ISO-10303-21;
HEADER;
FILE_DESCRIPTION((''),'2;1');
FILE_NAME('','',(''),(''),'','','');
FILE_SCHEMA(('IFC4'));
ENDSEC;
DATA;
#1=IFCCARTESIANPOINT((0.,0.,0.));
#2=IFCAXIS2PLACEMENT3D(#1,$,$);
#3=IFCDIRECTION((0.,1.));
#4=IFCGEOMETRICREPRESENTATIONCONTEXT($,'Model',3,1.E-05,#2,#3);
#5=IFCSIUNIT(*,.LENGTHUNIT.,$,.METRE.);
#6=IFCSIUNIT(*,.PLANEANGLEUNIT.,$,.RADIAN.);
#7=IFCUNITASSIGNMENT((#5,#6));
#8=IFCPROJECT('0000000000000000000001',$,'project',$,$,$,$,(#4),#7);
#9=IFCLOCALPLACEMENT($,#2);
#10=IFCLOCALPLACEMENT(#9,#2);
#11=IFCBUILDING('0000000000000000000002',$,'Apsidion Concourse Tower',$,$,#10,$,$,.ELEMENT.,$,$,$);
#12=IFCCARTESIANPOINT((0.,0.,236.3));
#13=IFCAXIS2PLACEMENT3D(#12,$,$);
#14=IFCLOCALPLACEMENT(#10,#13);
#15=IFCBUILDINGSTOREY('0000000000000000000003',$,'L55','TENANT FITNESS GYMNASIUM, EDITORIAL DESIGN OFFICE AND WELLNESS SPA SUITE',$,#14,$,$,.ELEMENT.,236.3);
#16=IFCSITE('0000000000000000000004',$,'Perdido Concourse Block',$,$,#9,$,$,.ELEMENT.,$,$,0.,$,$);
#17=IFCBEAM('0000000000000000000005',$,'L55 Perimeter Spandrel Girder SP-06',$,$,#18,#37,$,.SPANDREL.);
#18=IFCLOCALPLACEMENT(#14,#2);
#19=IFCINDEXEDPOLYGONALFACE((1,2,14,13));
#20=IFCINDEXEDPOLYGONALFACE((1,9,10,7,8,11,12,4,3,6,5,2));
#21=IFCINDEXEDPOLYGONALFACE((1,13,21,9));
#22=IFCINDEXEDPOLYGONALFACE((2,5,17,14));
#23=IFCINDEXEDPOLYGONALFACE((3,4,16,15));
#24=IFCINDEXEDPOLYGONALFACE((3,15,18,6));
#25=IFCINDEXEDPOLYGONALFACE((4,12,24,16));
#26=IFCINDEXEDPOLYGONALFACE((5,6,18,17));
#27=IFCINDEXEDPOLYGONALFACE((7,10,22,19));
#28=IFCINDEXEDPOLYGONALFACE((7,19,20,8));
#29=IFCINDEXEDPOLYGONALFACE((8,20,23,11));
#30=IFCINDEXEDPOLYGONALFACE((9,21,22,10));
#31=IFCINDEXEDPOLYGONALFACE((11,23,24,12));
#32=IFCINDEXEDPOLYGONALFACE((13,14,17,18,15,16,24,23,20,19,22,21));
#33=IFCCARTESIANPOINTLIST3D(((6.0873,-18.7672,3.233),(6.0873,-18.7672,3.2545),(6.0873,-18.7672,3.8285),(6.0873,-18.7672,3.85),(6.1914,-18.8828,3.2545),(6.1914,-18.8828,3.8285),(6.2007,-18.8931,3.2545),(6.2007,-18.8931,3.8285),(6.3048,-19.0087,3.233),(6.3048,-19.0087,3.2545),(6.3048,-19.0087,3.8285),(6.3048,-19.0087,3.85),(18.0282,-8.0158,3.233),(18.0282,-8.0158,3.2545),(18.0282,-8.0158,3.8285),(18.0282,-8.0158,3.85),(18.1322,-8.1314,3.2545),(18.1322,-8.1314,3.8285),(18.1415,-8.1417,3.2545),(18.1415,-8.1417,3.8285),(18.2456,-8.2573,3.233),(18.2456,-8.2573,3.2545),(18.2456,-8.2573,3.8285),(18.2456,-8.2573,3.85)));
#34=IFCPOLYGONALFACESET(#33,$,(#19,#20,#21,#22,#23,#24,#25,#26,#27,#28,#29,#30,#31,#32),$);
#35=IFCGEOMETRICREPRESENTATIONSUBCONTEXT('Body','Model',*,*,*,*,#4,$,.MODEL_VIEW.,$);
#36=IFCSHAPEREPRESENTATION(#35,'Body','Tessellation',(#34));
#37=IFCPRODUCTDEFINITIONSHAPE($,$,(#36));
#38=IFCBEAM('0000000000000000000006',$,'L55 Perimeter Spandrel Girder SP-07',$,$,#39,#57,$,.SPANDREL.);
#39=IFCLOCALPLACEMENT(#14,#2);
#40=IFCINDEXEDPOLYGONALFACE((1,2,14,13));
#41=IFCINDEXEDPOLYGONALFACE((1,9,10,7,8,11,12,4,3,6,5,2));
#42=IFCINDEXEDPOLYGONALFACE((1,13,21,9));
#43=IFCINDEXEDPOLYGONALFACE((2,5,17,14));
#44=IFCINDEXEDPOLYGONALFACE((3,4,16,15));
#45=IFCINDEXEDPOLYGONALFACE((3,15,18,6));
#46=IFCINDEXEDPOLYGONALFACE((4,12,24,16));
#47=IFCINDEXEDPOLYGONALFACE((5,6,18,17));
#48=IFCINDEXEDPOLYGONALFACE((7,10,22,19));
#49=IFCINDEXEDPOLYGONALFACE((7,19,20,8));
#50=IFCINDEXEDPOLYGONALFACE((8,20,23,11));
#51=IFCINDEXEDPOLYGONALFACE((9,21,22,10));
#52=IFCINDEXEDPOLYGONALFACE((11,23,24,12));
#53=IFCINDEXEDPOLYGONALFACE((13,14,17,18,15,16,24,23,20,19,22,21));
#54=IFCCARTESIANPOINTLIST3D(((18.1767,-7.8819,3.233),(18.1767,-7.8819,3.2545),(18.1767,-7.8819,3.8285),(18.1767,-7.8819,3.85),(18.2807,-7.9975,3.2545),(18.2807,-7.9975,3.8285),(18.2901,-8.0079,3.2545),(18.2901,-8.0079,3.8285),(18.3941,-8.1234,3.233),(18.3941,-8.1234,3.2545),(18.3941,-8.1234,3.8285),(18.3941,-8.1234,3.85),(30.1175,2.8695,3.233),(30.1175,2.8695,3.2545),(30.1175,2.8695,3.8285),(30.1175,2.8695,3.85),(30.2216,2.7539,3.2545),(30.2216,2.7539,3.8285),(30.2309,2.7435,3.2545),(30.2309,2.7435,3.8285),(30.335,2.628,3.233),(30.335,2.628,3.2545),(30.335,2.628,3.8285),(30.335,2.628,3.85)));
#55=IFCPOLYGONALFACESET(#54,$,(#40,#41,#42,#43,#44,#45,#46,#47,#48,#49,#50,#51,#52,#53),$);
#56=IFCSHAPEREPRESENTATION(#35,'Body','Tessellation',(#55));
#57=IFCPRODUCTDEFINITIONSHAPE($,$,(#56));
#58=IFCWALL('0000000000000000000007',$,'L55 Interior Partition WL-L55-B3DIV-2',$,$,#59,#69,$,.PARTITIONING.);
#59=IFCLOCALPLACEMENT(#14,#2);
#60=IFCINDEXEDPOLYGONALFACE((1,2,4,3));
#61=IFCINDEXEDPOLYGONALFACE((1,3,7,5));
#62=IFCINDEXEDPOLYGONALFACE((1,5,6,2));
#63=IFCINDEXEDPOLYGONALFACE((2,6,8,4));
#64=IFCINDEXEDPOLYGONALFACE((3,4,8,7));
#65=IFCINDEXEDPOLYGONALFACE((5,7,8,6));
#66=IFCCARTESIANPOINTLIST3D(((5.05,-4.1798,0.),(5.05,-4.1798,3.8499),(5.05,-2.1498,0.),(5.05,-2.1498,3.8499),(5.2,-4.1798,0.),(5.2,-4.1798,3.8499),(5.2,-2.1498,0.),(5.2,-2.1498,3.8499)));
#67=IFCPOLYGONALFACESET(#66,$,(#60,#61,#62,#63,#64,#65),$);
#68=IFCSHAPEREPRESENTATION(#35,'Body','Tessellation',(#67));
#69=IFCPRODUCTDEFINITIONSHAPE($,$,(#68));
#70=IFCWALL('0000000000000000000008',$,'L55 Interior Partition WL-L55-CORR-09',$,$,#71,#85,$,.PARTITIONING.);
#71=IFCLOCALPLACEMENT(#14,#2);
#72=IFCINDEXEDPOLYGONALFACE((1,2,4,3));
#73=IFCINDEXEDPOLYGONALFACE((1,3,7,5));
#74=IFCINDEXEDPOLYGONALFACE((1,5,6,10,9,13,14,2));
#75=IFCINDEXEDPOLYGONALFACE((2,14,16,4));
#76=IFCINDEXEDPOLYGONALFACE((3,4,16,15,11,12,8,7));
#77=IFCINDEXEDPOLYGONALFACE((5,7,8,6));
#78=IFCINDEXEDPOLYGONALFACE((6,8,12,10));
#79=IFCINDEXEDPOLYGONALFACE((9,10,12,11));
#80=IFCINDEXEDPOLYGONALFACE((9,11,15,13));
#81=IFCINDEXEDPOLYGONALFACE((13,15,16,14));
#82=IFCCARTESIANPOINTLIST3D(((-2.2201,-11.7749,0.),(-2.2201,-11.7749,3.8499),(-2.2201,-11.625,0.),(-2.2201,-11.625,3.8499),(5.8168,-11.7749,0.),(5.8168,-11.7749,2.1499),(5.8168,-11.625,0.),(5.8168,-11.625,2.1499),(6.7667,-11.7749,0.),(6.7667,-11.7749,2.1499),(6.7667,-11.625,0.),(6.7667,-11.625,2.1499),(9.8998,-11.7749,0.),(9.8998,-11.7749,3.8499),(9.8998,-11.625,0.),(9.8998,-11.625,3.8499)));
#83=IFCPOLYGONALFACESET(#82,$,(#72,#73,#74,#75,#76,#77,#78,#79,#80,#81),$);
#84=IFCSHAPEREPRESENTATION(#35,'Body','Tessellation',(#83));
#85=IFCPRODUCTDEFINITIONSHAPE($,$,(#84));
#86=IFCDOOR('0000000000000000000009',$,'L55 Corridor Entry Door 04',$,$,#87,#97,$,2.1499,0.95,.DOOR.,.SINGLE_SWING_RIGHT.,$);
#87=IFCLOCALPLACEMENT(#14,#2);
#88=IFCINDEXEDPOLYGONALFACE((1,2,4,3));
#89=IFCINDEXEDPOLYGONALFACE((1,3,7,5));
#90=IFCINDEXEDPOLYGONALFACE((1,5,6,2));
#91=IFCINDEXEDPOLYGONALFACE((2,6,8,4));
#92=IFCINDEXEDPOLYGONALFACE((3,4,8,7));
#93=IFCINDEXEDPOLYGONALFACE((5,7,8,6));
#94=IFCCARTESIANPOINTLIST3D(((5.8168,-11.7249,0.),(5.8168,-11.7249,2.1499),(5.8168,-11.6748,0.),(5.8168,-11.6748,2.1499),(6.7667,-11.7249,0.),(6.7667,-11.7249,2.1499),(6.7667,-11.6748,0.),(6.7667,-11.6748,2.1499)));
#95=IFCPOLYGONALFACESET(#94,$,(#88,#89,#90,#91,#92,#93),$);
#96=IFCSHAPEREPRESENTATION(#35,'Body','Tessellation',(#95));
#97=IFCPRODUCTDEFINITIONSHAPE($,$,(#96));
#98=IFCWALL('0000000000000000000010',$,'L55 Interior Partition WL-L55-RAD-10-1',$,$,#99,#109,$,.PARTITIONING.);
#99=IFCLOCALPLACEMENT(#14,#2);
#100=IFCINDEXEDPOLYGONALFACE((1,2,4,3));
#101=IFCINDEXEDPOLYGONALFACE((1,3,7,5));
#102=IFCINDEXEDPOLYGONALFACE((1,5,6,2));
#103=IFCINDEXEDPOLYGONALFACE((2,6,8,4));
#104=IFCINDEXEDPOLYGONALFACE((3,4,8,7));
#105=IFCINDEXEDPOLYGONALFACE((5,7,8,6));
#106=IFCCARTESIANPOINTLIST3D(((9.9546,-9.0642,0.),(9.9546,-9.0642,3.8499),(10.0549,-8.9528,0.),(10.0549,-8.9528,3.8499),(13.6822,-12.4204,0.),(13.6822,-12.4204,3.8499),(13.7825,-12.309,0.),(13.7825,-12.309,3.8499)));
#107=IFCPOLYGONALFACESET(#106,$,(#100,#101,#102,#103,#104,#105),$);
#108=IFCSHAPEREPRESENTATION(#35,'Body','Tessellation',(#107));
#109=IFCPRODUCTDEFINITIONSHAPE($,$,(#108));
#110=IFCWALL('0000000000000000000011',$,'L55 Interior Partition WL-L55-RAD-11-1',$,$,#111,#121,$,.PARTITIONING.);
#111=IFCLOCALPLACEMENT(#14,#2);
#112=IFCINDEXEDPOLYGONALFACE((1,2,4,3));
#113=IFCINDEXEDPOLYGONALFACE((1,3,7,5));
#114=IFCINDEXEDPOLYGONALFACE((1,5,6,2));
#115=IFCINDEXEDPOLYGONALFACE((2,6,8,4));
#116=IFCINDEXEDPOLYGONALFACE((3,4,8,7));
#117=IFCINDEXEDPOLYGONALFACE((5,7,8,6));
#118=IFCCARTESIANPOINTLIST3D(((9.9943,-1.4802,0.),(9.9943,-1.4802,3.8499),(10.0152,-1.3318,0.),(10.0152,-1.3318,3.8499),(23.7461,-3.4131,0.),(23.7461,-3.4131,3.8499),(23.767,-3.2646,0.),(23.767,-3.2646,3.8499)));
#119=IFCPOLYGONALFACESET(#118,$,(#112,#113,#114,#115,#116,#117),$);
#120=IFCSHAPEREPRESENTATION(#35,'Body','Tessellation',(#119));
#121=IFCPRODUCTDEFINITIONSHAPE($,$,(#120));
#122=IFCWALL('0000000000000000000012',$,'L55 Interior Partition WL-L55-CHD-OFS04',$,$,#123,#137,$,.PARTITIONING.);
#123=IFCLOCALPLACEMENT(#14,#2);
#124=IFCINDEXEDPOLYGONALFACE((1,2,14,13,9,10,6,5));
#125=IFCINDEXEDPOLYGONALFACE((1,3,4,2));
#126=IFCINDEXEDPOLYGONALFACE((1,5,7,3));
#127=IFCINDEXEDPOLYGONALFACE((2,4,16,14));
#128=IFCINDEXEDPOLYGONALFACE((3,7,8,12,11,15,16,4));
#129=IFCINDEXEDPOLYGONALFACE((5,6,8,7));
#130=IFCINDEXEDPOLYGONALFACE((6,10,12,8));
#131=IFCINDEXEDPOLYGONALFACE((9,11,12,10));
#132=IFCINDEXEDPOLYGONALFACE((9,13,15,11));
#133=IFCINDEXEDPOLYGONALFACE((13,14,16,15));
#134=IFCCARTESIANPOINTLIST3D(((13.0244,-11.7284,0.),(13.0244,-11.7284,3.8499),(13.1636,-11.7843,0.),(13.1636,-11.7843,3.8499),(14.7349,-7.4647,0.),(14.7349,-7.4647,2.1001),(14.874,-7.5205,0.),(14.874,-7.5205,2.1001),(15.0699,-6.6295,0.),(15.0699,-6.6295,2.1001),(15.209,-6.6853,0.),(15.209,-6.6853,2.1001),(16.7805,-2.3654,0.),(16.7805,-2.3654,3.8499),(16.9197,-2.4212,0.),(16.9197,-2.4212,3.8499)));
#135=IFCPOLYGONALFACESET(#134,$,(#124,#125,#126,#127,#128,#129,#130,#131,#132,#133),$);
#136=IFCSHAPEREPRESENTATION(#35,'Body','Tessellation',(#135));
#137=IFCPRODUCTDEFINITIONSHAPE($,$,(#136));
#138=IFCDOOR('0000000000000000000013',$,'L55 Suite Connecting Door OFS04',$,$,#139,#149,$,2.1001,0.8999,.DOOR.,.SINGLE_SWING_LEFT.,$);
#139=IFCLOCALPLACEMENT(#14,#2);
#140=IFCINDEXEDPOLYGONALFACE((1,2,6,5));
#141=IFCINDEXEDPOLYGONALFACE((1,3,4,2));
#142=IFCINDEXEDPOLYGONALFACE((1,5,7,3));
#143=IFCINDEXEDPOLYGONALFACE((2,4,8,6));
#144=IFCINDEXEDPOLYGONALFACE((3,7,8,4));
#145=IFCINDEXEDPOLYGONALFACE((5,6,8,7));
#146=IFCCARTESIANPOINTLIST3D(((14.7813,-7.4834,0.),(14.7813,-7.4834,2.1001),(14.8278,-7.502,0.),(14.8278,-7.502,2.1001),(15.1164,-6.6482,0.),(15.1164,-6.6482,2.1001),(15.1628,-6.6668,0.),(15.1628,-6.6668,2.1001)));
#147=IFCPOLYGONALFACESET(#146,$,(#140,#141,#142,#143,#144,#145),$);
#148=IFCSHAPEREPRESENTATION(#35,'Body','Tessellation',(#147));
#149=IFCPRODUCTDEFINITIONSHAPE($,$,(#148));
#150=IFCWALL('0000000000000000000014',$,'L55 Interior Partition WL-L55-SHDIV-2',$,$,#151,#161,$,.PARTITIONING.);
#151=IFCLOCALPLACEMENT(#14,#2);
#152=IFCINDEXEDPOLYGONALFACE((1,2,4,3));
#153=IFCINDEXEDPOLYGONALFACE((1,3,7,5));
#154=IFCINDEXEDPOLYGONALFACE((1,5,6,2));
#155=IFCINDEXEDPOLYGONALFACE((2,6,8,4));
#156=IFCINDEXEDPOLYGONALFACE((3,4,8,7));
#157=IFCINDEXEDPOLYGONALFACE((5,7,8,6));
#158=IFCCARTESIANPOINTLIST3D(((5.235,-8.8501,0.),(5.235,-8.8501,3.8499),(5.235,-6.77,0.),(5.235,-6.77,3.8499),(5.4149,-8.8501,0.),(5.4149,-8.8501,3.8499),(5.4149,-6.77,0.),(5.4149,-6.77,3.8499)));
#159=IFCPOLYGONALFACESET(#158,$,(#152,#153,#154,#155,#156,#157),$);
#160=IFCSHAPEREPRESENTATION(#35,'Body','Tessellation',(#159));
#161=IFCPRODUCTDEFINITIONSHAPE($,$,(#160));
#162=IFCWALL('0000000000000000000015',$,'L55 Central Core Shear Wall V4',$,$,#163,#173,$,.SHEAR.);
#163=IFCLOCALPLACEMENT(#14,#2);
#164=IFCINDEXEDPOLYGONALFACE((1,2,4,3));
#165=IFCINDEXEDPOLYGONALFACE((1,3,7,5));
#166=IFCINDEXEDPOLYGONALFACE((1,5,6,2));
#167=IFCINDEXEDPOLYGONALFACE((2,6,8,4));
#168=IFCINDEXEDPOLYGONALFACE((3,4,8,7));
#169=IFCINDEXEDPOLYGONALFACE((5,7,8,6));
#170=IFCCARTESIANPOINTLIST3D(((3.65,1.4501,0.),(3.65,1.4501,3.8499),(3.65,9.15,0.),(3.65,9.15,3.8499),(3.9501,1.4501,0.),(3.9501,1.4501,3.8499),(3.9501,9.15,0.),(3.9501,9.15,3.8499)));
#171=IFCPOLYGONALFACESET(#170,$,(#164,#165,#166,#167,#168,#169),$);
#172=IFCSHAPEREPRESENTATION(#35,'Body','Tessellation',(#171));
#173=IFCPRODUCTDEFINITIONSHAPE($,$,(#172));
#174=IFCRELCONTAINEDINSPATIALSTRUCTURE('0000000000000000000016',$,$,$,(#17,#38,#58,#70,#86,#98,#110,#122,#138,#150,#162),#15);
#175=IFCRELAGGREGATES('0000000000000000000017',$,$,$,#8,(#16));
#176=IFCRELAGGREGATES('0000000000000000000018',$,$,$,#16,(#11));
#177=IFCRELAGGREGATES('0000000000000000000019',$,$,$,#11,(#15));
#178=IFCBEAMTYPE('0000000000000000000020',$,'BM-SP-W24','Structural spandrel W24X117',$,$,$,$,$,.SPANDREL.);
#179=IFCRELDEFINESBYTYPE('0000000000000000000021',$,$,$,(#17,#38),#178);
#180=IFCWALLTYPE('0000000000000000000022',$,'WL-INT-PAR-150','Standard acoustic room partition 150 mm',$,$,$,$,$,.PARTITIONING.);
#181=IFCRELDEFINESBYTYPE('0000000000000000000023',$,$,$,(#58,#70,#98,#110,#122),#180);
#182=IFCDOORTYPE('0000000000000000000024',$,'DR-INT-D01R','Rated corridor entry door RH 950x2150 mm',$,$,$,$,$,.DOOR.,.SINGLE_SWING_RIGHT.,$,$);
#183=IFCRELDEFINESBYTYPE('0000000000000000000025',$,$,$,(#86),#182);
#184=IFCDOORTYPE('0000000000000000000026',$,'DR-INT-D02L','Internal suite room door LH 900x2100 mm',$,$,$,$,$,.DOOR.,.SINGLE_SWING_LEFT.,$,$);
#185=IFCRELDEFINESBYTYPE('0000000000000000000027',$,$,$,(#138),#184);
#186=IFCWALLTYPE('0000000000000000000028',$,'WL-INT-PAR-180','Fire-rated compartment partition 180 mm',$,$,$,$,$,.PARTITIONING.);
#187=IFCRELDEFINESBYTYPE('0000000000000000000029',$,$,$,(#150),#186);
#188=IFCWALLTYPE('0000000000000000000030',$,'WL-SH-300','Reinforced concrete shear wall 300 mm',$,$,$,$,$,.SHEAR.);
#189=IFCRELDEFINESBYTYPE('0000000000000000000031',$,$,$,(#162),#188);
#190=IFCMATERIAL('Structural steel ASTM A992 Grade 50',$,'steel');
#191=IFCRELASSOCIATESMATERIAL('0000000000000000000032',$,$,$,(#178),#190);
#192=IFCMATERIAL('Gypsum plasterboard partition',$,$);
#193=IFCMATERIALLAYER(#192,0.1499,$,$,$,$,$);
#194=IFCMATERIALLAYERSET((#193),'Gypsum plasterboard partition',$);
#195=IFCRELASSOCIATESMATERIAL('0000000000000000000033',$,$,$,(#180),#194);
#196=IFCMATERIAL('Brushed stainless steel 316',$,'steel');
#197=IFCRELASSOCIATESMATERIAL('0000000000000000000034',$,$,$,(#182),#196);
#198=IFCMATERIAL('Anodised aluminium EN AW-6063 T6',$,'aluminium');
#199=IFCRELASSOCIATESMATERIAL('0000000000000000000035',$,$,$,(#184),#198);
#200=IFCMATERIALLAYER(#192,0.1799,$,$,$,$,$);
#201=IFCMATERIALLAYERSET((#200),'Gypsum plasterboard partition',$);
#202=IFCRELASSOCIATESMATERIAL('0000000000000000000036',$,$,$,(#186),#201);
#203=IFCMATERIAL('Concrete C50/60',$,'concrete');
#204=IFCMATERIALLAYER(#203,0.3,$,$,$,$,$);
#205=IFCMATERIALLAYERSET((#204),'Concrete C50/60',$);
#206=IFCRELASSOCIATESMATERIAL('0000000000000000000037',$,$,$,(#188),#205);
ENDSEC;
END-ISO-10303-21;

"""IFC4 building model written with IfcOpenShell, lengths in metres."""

from ifc_helpers import new_model, si_unit, direction, frame, frame_2d, origin, origin_2d, place, context, subcontext, project, spatial, rectangle, i_section, extrude, material, layer, layer_set, material_profile, profile_set, type_object, element, fill, save


model = new_model("IFC4")

# Units and contexts
model_context = context("Model", 3, precision=1e-05, world=origin(), true_north=direction((0.0, 1.0)))
body_context = subcontext(model_context, "Body", "Model", "MODEL_VIEW")
ifc_project = project(units=[si_unit("LENGTHUNIT", "METRE"), si_unit("PLANEANGLEUNIT", "RADIAN")], contexts=[model_context])

# Site, building, storey
site_placement = place(None, origin())
site = spatial("IfcSite", under=ifc_project, at=site_placement, Name="Perdido Concourse Block", CompositionType="ELEMENT", RefElevation=0.0)
building_placement = place(site_placement, origin())
building = spatial("IfcBuilding", under=site, at=building_placement, Name="Apsidion Concourse Tower", CompositionType="ELEMENT")
storey_placement = place(building_placement, frame((0.0, 0.0, 236.3)))
storey = spatial("IfcBuildingStorey", under=building, at=storey_placement, Name="L55", Description="TENANT FITNESS GYMNASIUM, EDITORIAL DESIGN OFFICE AND WELLNESS SPA SUITE", CompositionType="ELEMENT", Elevation=236.3)

# Shared definitions
ifc_material_1 = material(Name="Concrete C50/60", Category="concrete")
ifc_material_2 = material(Name="Structural steel ASTM A992 Grade 50", Category="steel")

# Beams
ifc_material_profile_1 = material_profile(ifc_material_2, i_section(OverallWidth=0.325, OverallDepth=0.6169, WebThickness=0.0139, FlangeThickness=0.0215, at=origin_2d()), Name="W24X117")
ifc_profile_set_1 = profile_set([ifc_material_profile_1], Name="Structural steel ASTM A992 Grade 50")
beam_type_1 = type_object("IfcBeamType", Name="BM-SP-W24", Description="Structural spandrel W24X117", PredefinedType="SPANDREL", material=ifc_profile_set_1)
for number, where, z_axis, x_axis, name in (
    (1, (6.196, -18.8879, 3.5415), (0.743151, 0.669124, 0.0), (-0.669124, 0.743151, 0.0), "L55 Perimeter Spandrel Girder SP-06"),
    (2, (18.2854, -8.0027, 3.5415), (0.743151, 0.669124, 0.0), (-0.669124, 0.743151, 0.0), "L55 Perimeter Spandrel Girder SP-07"),
):
    element("IfcBeam", number, at=place(storey_placement, frame(where, z_axis=z_axis, x_axis=x_axis)), inside=storey, type_object=beam_type_1, Name=name, PredefinedType="SPANDREL", context=body_context, shape_type="SweptSolid", body=[
        extrude(i_section(OverallWidth=0.325, OverallDepth=0.6169, WebThickness=0.0139, FlangeThickness=0.0215, at=origin_2d()), origin(), (0.0, 0.0, 1.0), 16.0679),
    ])

# Wall
ifc_material_3 = material(Name="Gypsum plasterboard partition")
ifc_layer_1 = layer(ifc_material_3, 0.1499)
ifc_layer_set_1 = layer_set([ifc_layer_1], Name="Gypsum plasterboard partition")
wall_type_1 = type_object("IfcWallType", Name="WL-INT-PAR-150", Description="Standard acoustic room partition 150 mm", PredefinedType="PARTITIONING", material=ifc_layer_set_1)
wall_1_placement = place(storey_placement, frame((5.125, -4.1799, 0.0), z_axis=(0.0, 0.0, 1.0), x_axis=(0.0, 1.0, 0.0)))
element("IfcWall", 3, at=wall_1_placement, inside=storey, type_object=wall_type_1, Name="L55 Interior Partition WL-L55-B3DIV-2", PredefinedType="PARTITIONING", context=body_context, shape_type="SweptSolid", body=[
    extrude(rectangle(XDim=2.03, YDim=0.1499, at=frame_2d((1.0151, 0.0))), origin(), (0.0, 0.0, 1.0), 3.8499),
])

# Wall, opening, door
wall_2_placement = place(storey_placement, frame((9.8999, -11.7, 0.0), z_axis=(0.0, 0.0, 1.0), x_axis=(-1.0, 0.0, 0.0)))
wall_2 = element("IfcWall", 4, at=wall_2_placement, inside=storey, type_object=wall_type_1, Name="L55 Interior Partition WL-L55-CORR-09", PredefinedType="PARTITIONING", context=body_context, shape_type="SweptSolid", body=[
    extrude(rectangle(XDim=12.1199, YDim=0.1499, at=frame_2d((6.0601, 0.0))), origin(), (0.0, 0.0, 1.0), 3.8499),
])
opening_1_placement = place(wall_2_placement, frame((3.1331, 0.0, 0.0)))
opening_1 = element("IfcOpeningElement", 5, at=opening_1_placement, cuts=wall_2, PredefinedType="OPENING", context=body_context, shape_type="SweptSolid", body=[
    extrude(rectangle(XDim=0.95, YDim=2.1499, at=frame_2d((0.4751, 1.075))), frame((0.0, 0.085, 0.0), z_axis=(0.0, -1.0, 0.0), x_axis=(1.0, 0.0, 0.0)), (0.0, 0.0, 1.0), 0.1699),
])
ifc_material_4 = material(Name="Brushed stainless steel 316", Category="steel")
door_type_1 = type_object("IfcDoorType", Name="DR-INT-D01R", Description="Rated corridor entry door RH 950x2150 mm", OperationType="SINGLE_SWING_RIGHT", PredefinedType="DOOR", material=ifc_material_4)
door_1_placement = place(opening_1_placement, origin())
door_1 = element("IfcDoor", 6, at=door_1_placement, inside=storey, type_object=door_type_1, Name="L55 Corridor Entry Door 04", OperationType="SINGLE_SWING_RIGHT", OverallHeight=2.1499, OverallWidth=0.95, PredefinedType="DOOR", context=body_context, shape_type="SweptSolid", body=[
    extrude(rectangle(XDim=0.95, YDim=2.1499, at=frame_2d((0.4751, 1.075))), frame((0.0, 0.0249, 0.0), z_axis=(0.0, -1.0, 0.0), x_axis=(1.0, 0.0, 0.0)), (0.0, 0.0, 1.0), 0.05),
])
fill(opening_1, door_1)

# Walls
wall_3_placement = place(storey_placement, frame((10.0049, -9.0085, 0.0), z_axis=(0.0, 0.0, 1.0), x_axis=(0.743154, -0.669121, 0.0)))
element("IfcWall", 7, at=wall_3_placement, inside=storey, type_object=wall_type_1, Name="L55 Interior Partition WL-L55-RAD-10-1", PredefinedType="PARTITIONING", context=body_context, shape_type="SweptSolid", body=[
    extrude(rectangle(XDim=5.0159, YDim=0.1499, at=frame_2d((2.5078, 0.0))), origin(), (0.0, 0.0, 1.0), 3.8499),
])
wall_4_placement = place(storey_placement, frame((10.0049, -1.406, 0.0), z_axis=(0.0, 0.0, 1.0), x_axis=(0.990266, -0.139186, 0.0)))
element("IfcWall", 8, at=wall_4_placement, inside=storey, type_object=wall_type_1, Name="L55 Interior Partition WL-L55-RAD-11-1", PredefinedType="PARTITIONING", context=body_context, shape_type="SweptSolid", body=[
    extrude(rectangle(XDim=13.887, YDim=0.1499, at=frame_2d((6.9434, 0.0))), origin(), (0.0, 0.0, 1.0), 3.8499),
])

# Wall, opening, door
wall_5_placement = place(storey_placement, frame((13.094, -11.7563, 0.0), z_axis=(0.0, 0.0, 1.0), x_axis=(0.372321, 0.928104, 0.0)))
wall_5 = element("IfcWall", 9, at=wall_5_placement, inside=storey, type_object=wall_type_1, Name="L55 Interior Partition WL-L55-CHD-OFS04", PredefinedType="PARTITIONING", context=body_context, shape_type="SweptSolid", body=[
    extrude(rectangle(XDim=10.0884, YDim=0.1499, at=frame_2d((5.0442, 0.0))), origin(), (0.0, 0.0, 1.0), 3.8499),
])
opening_2_placement = place(wall_5_placement, frame((4.594, 0.0, 0.0)))
opening_2 = element("IfcOpeningElement", 10, at=opening_2_placement, cuts=wall_5, PredefinedType="OPENING", context=body_context, shape_type="SweptSolid", body=[
    extrude(rectangle(XDim=0.8999, YDim=2.1001, at=frame_2d((0.45, 1.05))), frame((0.0, 0.085, 0.0), z_axis=(0.0, -1.0, 0.0), x_axis=(1.0, 0.0, 0.0)), (0.0, 0.0, 1.0), 0.1699),
])
ifc_material_5 = material(Name="Anodised aluminium EN AW-6063 T6", Category="aluminium")
door_type_2 = type_object("IfcDoorType", Name="DR-INT-D02L", Description="Internal suite room door LH 900x2100 mm", OperationType="SINGLE_SWING_LEFT", PredefinedType="DOOR", material=ifc_material_5)
door_2_placement = place(opening_2_placement, origin())
door_2 = element("IfcDoor", 11, at=door_2_placement, inside=storey, type_object=door_type_2, Name="L55 Suite Connecting Door OFS04", OperationType="SINGLE_SWING_LEFT", OverallHeight=2.1001, OverallWidth=0.8999, PredefinedType="DOOR", context=body_context, shape_type="SweptSolid", body=[
    extrude(rectangle(XDim=0.8999, YDim=2.1001, at=frame_2d((0.45, 1.05))), frame((0.0, 0.0249, 0.0), z_axis=(0.0, -1.0, 0.0), x_axis=(1.0, 0.0, 0.0)), (0.0, 0.0, 1.0), 0.05),
])
fill(opening_2, door_2)

# Walls
ifc_layer_2 = layer(ifc_material_3, 0.1799)
ifc_layer_set_2 = layer_set([ifc_layer_2], Name="Gypsum plasterboard partition")
wall_type_2 = type_object("IfcWallType", Name="WL-INT-PAR-180", Description="Fire-rated compartment partition 180 mm", PredefinedType="PARTITIONING", material=ifc_layer_set_2)
wall_6_placement = place(storey_placement, frame((5.325, -8.8501, 0.0), z_axis=(0.0, 0.0, 1.0), x_axis=(0.0, 1.0, 0.0)))
element("IfcWall", 12, at=wall_6_placement, inside=storey, type_object=wall_type_2, Name="L55 Interior Partition WL-L55-SHDIV-2", PredefinedType="PARTITIONING", context=body_context, shape_type="SweptSolid", body=[
    extrude(rectangle(XDim=2.0801, YDim=0.1799, at=frame_2d((1.04, 0.0))), origin(), (0.0, 0.0, 1.0), 3.8499),
])
ifc_layer_3 = layer(ifc_material_1, 0.3)
ifc_layer_set_3 = layer_set([ifc_layer_3], Name="Concrete C50/60")
wall_type_3 = type_object("IfcWallType", Name="WL-SH-300", Description="Reinforced concrete shear wall 300 mm", PredefinedType="SHEAR", material=ifc_layer_set_3)
wall_7_placement = place(storey_placement, frame((3.8, 1.45, 0.0), z_axis=(0.0, 0.0, 1.0), x_axis=(0.0, 1.0, 0.0)))
element("IfcWall", 13, at=wall_7_placement, inside=storey, type_object=wall_type_3, Name="L55 Central Core Shear Wall V4", PredefinedType="SHEAR", context=body_context, shape_type="SweptSolid", body=[
    extrude(rectangle(XDim=7.7, YDim=0.3, at=frame_2d((3.8501, 0.0))), origin(), (0.0, 0.0, 1.0), 3.8499),
])

save(model, "model.ifc")
